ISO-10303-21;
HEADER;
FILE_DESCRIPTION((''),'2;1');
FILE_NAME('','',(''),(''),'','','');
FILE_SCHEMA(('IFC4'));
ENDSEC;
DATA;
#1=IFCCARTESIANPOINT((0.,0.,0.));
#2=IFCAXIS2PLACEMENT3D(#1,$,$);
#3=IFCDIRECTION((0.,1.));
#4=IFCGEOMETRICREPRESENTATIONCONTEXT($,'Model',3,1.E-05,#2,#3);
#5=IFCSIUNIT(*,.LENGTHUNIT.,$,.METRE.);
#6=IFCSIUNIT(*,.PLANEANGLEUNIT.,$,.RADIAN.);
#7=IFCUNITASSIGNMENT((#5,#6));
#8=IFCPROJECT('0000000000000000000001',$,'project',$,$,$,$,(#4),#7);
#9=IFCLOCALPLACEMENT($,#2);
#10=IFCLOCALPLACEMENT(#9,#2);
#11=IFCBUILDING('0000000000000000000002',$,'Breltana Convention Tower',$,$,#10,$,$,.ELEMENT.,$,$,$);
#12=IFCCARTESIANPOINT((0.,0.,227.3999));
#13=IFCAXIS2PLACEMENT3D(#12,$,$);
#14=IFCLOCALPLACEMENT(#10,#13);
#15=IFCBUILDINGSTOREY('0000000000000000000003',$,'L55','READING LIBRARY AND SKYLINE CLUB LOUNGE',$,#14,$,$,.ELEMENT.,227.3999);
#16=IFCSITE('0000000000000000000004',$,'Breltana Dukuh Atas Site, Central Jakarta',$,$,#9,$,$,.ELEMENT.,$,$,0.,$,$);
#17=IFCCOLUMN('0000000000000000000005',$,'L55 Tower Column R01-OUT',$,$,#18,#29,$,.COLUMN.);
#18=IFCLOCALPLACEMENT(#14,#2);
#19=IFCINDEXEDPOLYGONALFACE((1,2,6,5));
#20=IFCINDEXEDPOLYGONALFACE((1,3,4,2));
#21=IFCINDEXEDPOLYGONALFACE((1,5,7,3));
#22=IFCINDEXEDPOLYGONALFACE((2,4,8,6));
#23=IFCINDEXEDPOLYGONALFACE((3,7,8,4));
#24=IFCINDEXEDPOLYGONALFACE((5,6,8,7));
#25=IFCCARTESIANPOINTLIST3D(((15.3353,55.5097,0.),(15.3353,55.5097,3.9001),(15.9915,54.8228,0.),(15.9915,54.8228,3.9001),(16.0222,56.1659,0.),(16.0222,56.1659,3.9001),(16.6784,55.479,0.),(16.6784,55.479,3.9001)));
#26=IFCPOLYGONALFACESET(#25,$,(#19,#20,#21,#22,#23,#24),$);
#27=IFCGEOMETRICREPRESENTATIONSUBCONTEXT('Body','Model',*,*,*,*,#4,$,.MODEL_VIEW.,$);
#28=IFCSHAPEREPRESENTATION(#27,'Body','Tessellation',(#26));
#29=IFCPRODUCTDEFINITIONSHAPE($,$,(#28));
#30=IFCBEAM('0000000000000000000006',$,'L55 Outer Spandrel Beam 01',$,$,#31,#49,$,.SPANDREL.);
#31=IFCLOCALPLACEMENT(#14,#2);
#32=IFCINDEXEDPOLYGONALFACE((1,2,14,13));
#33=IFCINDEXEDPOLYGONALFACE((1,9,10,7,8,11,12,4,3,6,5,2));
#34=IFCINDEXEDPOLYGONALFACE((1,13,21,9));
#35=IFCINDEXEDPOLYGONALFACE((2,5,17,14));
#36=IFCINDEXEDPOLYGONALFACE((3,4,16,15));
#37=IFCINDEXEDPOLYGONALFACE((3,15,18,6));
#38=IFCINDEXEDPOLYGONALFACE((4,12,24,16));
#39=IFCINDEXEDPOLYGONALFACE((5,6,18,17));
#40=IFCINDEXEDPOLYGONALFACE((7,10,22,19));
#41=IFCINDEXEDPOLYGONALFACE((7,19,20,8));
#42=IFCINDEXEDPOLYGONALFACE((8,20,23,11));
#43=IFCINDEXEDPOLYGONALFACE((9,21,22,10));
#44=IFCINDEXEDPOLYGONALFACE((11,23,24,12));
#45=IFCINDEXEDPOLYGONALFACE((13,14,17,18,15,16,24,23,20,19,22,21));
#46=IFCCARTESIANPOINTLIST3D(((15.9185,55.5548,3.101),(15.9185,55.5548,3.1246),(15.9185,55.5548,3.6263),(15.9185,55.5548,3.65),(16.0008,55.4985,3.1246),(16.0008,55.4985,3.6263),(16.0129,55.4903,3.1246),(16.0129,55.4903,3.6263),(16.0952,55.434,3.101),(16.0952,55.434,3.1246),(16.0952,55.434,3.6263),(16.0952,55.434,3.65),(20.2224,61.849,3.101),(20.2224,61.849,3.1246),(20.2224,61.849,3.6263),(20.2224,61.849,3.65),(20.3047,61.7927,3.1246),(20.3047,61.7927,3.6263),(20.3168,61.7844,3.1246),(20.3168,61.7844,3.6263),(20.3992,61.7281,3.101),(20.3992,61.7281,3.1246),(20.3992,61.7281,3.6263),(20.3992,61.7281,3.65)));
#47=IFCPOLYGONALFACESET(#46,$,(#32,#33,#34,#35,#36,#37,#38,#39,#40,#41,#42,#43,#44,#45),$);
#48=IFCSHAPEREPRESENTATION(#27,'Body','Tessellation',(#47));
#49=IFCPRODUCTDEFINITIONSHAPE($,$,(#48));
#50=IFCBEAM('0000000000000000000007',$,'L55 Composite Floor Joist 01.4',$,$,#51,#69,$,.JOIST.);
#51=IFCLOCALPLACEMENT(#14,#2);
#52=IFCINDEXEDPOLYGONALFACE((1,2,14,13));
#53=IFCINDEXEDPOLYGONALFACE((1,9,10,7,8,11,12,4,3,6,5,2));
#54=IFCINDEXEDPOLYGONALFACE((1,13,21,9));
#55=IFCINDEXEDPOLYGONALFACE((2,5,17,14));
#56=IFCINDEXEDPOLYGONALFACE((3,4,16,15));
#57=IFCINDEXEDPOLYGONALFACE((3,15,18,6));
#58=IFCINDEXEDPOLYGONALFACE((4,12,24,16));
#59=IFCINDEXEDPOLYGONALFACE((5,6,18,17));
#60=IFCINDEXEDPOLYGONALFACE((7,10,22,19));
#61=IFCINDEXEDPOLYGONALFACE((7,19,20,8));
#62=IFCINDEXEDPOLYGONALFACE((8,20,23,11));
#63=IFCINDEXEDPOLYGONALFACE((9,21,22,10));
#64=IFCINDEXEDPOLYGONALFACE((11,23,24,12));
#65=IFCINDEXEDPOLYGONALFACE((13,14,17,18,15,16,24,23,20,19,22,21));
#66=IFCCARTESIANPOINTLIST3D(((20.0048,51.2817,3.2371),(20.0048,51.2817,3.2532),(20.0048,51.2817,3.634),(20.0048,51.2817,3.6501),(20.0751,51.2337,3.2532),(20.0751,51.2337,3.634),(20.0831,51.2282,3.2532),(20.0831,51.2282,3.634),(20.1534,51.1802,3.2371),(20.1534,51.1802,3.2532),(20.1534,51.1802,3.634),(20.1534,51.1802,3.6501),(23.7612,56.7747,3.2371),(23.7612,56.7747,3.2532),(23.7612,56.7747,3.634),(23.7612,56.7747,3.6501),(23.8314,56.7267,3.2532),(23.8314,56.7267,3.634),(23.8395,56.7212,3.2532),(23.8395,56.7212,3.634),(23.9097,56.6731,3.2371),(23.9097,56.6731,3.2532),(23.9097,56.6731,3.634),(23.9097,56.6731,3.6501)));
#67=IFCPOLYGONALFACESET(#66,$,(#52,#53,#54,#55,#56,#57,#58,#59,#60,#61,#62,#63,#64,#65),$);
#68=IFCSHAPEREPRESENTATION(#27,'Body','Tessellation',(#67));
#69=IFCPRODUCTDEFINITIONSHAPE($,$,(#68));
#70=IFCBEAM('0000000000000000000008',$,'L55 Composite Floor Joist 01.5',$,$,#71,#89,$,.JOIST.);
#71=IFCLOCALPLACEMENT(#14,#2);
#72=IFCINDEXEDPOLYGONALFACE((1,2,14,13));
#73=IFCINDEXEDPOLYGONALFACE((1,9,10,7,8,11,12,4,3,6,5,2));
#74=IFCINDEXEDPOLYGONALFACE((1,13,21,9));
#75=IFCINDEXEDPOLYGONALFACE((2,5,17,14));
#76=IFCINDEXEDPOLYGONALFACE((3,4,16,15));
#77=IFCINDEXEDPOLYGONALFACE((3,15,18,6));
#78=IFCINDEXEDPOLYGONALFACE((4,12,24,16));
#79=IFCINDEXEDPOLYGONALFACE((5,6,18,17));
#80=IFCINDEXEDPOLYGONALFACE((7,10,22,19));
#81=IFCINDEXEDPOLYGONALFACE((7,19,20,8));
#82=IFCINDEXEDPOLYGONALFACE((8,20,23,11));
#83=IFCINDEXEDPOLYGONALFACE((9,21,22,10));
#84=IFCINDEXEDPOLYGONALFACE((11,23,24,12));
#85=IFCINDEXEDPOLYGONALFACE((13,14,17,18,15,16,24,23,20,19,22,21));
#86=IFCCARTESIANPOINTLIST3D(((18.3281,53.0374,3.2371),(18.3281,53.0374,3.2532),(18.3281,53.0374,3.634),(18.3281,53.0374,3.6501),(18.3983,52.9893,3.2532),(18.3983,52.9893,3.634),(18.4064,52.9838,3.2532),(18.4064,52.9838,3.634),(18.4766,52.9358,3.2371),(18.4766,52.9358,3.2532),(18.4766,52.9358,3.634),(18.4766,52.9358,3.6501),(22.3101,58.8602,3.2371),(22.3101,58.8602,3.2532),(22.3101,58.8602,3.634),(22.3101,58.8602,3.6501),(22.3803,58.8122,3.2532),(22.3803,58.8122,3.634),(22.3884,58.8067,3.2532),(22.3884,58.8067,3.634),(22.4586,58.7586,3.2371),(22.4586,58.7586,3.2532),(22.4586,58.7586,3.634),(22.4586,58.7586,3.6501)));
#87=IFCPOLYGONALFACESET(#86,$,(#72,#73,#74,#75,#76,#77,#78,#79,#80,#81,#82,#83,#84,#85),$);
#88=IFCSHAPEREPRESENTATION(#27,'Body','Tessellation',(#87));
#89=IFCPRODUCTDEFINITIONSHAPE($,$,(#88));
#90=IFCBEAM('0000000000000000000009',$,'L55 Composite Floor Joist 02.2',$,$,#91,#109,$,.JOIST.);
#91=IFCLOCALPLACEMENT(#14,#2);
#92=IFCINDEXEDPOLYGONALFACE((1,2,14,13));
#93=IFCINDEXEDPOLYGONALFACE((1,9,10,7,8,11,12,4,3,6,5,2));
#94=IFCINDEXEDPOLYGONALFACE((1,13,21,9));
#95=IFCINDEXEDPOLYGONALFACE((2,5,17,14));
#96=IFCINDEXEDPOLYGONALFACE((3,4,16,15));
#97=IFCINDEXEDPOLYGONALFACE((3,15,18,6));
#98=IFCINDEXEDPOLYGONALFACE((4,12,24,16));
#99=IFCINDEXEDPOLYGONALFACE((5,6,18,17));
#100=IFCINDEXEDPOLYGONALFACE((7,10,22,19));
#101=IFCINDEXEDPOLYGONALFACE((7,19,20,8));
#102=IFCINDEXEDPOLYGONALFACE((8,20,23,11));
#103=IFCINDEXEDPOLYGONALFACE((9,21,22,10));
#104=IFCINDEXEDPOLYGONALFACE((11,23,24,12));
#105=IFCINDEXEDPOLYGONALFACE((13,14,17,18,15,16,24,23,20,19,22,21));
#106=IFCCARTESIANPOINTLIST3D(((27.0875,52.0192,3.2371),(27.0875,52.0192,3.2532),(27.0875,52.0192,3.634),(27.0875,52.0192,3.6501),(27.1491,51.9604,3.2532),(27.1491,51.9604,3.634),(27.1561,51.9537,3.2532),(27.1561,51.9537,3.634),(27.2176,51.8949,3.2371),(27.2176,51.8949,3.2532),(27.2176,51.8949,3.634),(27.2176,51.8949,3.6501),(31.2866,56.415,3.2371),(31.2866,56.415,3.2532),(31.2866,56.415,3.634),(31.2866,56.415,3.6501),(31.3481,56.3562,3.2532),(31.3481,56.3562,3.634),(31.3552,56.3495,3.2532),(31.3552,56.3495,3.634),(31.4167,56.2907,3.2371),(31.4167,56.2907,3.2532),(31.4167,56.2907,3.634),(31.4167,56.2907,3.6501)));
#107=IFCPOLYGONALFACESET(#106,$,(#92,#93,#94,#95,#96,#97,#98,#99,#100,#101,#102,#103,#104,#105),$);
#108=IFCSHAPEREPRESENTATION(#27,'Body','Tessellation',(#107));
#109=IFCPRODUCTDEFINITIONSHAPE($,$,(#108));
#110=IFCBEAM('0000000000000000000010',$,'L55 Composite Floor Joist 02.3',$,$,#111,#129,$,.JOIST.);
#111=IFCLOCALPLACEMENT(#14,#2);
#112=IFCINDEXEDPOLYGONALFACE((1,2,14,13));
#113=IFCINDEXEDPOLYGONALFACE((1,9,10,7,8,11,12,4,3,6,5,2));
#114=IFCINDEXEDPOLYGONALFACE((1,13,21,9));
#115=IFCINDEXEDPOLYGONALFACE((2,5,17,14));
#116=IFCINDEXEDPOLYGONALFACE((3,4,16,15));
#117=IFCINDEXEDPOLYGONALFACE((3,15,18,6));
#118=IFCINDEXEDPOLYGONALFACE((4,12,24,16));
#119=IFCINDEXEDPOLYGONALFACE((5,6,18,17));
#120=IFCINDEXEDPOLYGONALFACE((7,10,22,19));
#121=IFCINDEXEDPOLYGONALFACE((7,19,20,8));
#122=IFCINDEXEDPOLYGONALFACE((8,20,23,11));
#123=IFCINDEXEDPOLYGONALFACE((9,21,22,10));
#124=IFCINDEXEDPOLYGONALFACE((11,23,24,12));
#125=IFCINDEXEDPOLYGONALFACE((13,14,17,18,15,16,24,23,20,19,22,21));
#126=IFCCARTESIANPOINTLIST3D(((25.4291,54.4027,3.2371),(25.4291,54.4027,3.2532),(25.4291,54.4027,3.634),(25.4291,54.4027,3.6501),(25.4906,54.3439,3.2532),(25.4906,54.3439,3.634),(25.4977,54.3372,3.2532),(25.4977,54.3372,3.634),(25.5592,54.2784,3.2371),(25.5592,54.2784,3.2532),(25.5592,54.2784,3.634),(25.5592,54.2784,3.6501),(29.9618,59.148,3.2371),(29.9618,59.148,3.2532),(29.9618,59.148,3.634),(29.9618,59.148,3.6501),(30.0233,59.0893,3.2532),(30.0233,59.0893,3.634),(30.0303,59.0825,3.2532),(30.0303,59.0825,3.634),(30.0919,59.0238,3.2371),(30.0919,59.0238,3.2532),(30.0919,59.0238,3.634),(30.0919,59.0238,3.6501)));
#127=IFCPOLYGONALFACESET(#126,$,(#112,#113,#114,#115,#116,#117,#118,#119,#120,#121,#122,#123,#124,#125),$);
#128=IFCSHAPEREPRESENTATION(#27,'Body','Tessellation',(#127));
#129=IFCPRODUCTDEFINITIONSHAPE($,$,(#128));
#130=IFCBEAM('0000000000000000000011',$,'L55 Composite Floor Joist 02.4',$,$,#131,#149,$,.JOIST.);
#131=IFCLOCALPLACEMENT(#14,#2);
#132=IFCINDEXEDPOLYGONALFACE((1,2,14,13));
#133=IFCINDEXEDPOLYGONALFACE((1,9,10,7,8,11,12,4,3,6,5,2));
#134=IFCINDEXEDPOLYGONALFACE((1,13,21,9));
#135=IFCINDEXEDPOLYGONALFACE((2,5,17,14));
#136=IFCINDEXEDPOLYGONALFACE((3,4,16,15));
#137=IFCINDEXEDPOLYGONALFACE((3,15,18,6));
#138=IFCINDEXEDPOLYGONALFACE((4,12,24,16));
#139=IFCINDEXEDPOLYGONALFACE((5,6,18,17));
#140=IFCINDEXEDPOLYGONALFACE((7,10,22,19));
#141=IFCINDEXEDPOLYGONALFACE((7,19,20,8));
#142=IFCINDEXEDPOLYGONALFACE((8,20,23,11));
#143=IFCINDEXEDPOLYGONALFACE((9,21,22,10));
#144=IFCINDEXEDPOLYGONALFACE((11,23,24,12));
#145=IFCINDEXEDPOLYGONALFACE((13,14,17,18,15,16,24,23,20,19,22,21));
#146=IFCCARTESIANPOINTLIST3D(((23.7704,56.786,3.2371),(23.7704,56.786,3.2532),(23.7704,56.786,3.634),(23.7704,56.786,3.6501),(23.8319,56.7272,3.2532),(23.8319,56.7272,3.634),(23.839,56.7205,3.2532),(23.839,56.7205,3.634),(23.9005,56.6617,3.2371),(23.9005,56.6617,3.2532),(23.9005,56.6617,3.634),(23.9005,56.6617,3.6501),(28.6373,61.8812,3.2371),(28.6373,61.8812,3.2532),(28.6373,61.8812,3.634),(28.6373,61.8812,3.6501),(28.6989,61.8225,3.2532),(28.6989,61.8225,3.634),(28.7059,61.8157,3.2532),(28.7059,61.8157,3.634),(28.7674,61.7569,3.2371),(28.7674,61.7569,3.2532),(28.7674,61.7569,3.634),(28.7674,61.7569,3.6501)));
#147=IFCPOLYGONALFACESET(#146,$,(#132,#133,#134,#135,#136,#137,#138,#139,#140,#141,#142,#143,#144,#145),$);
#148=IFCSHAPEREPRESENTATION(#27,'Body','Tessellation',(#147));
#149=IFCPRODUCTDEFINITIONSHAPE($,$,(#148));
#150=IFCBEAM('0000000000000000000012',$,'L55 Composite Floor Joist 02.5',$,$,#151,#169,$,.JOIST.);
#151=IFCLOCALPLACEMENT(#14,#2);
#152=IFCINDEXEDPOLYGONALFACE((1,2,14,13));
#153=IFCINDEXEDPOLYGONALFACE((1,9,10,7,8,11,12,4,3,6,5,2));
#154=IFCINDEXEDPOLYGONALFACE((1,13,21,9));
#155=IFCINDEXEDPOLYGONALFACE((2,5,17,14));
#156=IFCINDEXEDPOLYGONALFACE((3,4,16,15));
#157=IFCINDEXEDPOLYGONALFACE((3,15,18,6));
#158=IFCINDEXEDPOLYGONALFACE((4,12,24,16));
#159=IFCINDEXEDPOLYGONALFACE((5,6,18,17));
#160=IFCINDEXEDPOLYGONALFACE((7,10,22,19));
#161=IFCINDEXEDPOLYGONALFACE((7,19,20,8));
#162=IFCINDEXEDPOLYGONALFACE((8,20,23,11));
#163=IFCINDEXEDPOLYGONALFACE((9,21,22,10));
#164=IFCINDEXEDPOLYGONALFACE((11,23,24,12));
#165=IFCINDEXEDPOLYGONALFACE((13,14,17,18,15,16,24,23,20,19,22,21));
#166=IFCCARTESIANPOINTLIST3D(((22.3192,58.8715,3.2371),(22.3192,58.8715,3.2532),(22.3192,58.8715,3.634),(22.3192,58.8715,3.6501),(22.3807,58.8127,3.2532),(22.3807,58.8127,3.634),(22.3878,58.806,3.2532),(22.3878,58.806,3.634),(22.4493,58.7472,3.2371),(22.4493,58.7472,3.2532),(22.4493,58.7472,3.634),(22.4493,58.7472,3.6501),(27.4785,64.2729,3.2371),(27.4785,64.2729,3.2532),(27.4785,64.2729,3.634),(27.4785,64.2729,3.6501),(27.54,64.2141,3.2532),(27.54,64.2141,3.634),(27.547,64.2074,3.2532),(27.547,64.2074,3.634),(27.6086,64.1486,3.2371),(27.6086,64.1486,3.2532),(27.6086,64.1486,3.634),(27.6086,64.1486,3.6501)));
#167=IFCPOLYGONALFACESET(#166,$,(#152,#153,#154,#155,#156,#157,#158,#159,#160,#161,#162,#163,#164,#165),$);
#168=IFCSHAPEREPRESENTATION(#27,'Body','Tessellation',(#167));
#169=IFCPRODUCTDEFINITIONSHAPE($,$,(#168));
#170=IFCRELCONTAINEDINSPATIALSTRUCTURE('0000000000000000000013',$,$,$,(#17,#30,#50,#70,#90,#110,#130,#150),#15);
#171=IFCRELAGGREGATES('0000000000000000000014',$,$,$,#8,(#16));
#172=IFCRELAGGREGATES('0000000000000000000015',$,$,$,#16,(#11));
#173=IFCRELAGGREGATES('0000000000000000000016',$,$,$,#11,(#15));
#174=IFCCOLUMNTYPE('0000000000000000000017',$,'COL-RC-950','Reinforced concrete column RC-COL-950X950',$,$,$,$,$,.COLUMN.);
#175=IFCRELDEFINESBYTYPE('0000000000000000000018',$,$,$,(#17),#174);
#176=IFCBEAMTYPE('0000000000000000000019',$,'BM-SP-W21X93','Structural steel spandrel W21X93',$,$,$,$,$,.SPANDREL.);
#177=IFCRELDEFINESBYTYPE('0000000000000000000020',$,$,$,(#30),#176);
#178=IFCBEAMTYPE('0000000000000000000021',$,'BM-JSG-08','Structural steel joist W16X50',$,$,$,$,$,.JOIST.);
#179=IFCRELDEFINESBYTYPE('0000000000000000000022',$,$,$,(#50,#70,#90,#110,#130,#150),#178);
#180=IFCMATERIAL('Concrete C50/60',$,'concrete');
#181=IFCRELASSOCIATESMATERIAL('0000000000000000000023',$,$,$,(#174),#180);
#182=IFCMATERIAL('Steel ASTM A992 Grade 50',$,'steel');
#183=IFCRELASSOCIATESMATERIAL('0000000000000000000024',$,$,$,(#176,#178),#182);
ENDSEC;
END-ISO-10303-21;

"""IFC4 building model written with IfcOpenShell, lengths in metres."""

from ifc_helpers import new_model, si_unit, direction, frame, origin, origin_2d, place, context, subcontext, project, spatial, rectangle, i_section, extrude, source, transform, mapped, material, material_profile, profile_set, type_object, type_shapes, element, save


model = new_model("IFC4")

# Units and contexts
model_context = context("Model", 3, precision=1e-05, world=origin(), true_north=direction((0.0, 1.0)))
body_context = subcontext(model_context, "Body", "Model", "MODEL_VIEW")
ifc_project = project(units=[si_unit("LENGTHUNIT", "METRE"), si_unit("PLANEANGLEUNIT", "RADIAN")], contexts=[model_context])

# Site, building, storey
site_placement = place(None, origin())
site = spatial("IfcSite", under=ifc_project, at=site_placement, Name="Breltana Dukuh Atas Site, Central Jakarta", CompositionType="ELEMENT", RefElevation=0.0)
building_placement = place(site_placement, origin())
building = spatial("IfcBuilding", under=site, at=building_placement, Name="Breltana Convention Tower", CompositionType="ELEMENT")
storey_placement = place(building_placement, frame((0.0, 0.0, 227.3999)))
storey = spatial("IfcBuildingStorey", under=building, at=storey_placement, Name="L55", Description="READING LIBRARY AND SKYLINE CLUB LOUNGE", CompositionType="ELEMENT", Elevation=227.3999)

# Column
ifc_material_1 = material(Name="Concrete C50/60", Category="concrete")
ifc_material_profile_1 = material_profile(ifc_material_1, rectangle(XDim=0.95, YDim=0.95, at=origin_2d()), Name="RC-COL-950X950")
ifc_profile_set_1 = profile_set([ifc_material_profile_1], Name="Concrete C50/60")
column_type = type_object("IfcColumnType", Name="COL-RC-950", Description="Reinforced concrete column RC-COL-950X950", PredefinedType="COLUMN", material=ifc_profile_set_1)
shared_shape_1 = source(origin(), body_context, "Body", "SweptSolid", [
    extrude(rectangle(XDim=0.95, YDim=0.95, at=origin_2d()), origin(), (0.0, 0.0, 1.0), 3.9001),
])
column_placement = place(storey_placement, frame((16.0068, 55.4944, 0.0), z_axis=(0.0, 0.0, 1.0), x_axis=(-0.690756, 0.723088, 0.0)))
element("IfcColumn", 1, at=column_placement, inside=storey, type_object=column_type, Name="L55 Tower Column R01-OUT", PredefinedType="COLUMN", context=body_context, shape_type="MappedRepresentation", body=[
    mapped(shared_shape_1, transform((0.0, 0.0, 0.0), scale=1.0)),
])

# Beams
ifc_material_2 = material(Name="Steel ASTM A992 Grade 50", Category="steel")
ifc_material_profile_2 = material_profile(ifc_material_2, i_section(OverallWidth=0.2141, OverallDepth=0.5491, WebThickness=0.0146, FlangeThickness=0.0237, at=origin_2d()), Name="W21X93")
ifc_profile_set_2 = profile_set([ifc_material_profile_2], Name="Steel ASTM A992 Grade 50")
beam_type_1 = type_object("IfcBeamType", Name="BM-SP-W21X93", Description="Structural steel spandrel W21X93", PredefinedType="SPANDREL", material=ifc_profile_set_2)
shared_shape_2 = source(origin(), body_context, "Body", "SweptSolid", [
    extrude(i_section(OverallWidth=0.2141, OverallDepth=0.5491, WebThickness=0.0146, FlangeThickness=0.0237, at=origin_2d()), origin(), (0.0, 0.0, 1.0), 7.625),
])
type_shapes(beam_type_1, [shared_shape_2])
beam_1_placement = place(storey_placement, frame((16.0068, 55.4944, 3.3755), z_axis=(0.564452, 0.825466, 0.0), x_axis=(-0.825466, 0.564452, 0.0)))
element("IfcBeam", 2, at=beam_1_placement, inside=storey, type_object=beam_type_1, Name="L55 Outer Spandrel Beam 01", PredefinedType="SPANDREL", context=body_context, shape_type="MappedRepresentation", body=[
    mapped(shared_shape_2, transform((0.0, 0.0, 0.0), scale=1.0)),
])
ifc_material_profile_3 = material_profile(ifc_material_2, i_section(OverallWidth=0.1799, OverallDepth=0.4131, WebThickness=0.0098, FlangeThickness=0.0161, at=origin_2d()), Name="W16X50")
ifc_profile_set_3 = profile_set([ifc_material_profile_3], Name="Steel ASTM A992 Grade 50")
beam_type_2 = type_object("IfcBeamType", Name="BM-JSG-08", Description="Structural steel joist W16X50", PredefinedType="JOIST", material=ifc_profile_set_3)
shared_shape_3 = source(origin(), body_context, "Body", "SweptSolid", [
    extrude(i_section(OverallWidth=0.1799, OverallDepth=0.4131, WebThickness=0.0098, FlangeThickness=0.0161, at=origin_2d()), origin(), (0.0, 0.0, 1.0), 6.6545),
])
beam_2_placement = place(storey_placement, frame((20.0791, 51.231, 3.4436), z_axis=(0.564483, 0.825445, 0.0), x_axis=(-0.825445, 0.564483, 0.0)))
element("IfcBeam", 3, at=beam_2_placement, inside=storey, type_object=beam_type_2, Name="L55 Composite Floor Joist 01.4", PredefinedType="JOIST", context=body_context, shape_type="MappedRepresentation", body=[
    mapped(shared_shape_3, transform((0.0, 0.0, 0.0), scale=1.0)),
])
shared_shape_4 = source(origin(), body_context, "Body", "SweptSolid", [
    extrude(i_section(OverallWidth=0.1799, OverallDepth=0.4131, WebThickness=0.0098, FlangeThickness=0.0161, at=origin_2d()), origin(), (0.0, 0.0, 1.0), 7.0542),
])
beam_3_placement = place(storey_placement, frame((18.4023, 52.9866, 3.4436), z_axis=(0.564485, 0.825443, 0.0), x_axis=(-0.825443, 0.564485, 0.0)))
element("IfcBeam", 4, at=beam_3_placement, inside=storey, type_object=beam_type_2, Name="L55 Composite Floor Joist 01.5", PredefinedType="JOIST", context=body_context, shape_type="MappedRepresentation", body=[
    mapped(shared_shape_4, transform((0.0, 0.0, 0.0), scale=1.0)),
])
shared_shape_5 = source(origin(), body_context, "Body", "SweptSolid", [
    extrude(i_section(OverallWidth=0.1799, OverallDepth=0.4131, WebThickness=0.0098, FlangeThickness=0.0161, at=origin_2d()), origin(), (0.0, 0.0, 1.0), 6.0791),
])
beam_4_placement = place(storey_placement, frame((27.1526, 51.957, 3.4436), z_axis=(0.690736, 0.723107, 0.0), x_axis=(-0.723107, 0.690736, 0.0)))
element("IfcBeam", 5, at=beam_4_placement, inside=storey, type_object=beam_type_2, Name="L55 Composite Floor Joist 02.2", PredefinedType="JOIST", context=body_context, shape_type="MappedRepresentation", body=[
    mapped(shared_shape_5, transform((0.0, 0.0, 0.0), scale=1.0)),
])
shared_shape_6 = source(origin(), body_context, "Body", "SweptSolid", [
    extrude(i_section(OverallWidth=0.1799, OverallDepth=0.4131, WebThickness=0.0098, FlangeThickness=0.0161, at=origin_2d()), origin(), (0.0, 0.0, 1.0), 6.5623),
])
beam_5_placement = place(storey_placement, frame((25.4941, 54.3406, 3.4436), z_axis=(0.690719, 0.723123, 0.0), x_axis=(-0.723123, 0.690719, 0.0)))
element("IfcBeam", 6, at=beam_5_placement, inside=storey, type_object=beam_type_2, Name="L55 Composite Floor Joist 02.3", PredefinedType="JOIST", context=body_context, shape_type="MappedRepresentation", body=[
    mapped(shared_shape_6, transform((0.0, 0.0, 0.0), scale=1.0)),
])
shared_shape_7 = source(origin(), body_context, "Body", "SweptSolid", [
    extrude(i_section(OverallWidth=0.1799, OverallDepth=0.4131, WebThickness=0.0098, FlangeThickness=0.0161, at=origin_2d()), origin(), (0.0, 0.0, 1.0), 7.0461),
])
beam_6_placement = place(storey_placement, frame((23.8354, 56.7239, 3.4436), z_axis=(0.690723, 0.72312, 0.0), x_axis=(-0.72312, 0.690723, 0.0)))
element("IfcBeam", 7, at=beam_6_placement, inside=storey, type_object=beam_type_2, Name="L55 Composite Floor Joist 02.4", PredefinedType="JOIST", context=body_context, shape_type="MappedRepresentation", body=[
    mapped(shared_shape_7, transform((0.0, 0.0, 0.0), scale=1.0)),
])
shared_shape_8 = source(origin(), body_context, "Body", "SweptSolid", [
    extrude(i_section(OverallWidth=0.1799, OverallDepth=0.4131, WebThickness=0.0098, FlangeThickness=0.0161, at=origin_2d()), origin(), (0.0, 0.0, 1.0), 7.4695),
])
beam_7_placement = place(storey_placement, frame((22.3843, 58.8093, 3.4436), z_axis=(0.690709, 0.723133, 0.0), x_axis=(-0.723133, 0.690709, 0.0)))
element("IfcBeam", 8, at=beam_7_placement, inside=storey, type_object=beam_type_2, Name="L55 Composite Floor Joist 02.5", PredefinedType="JOIST", context=body_context, shape_type="MappedRepresentation", body=[
    mapped(shared_shape_8, transform((0.0, 0.0, 0.0), scale=1.0)),
])

save(model, "model.ifc")
